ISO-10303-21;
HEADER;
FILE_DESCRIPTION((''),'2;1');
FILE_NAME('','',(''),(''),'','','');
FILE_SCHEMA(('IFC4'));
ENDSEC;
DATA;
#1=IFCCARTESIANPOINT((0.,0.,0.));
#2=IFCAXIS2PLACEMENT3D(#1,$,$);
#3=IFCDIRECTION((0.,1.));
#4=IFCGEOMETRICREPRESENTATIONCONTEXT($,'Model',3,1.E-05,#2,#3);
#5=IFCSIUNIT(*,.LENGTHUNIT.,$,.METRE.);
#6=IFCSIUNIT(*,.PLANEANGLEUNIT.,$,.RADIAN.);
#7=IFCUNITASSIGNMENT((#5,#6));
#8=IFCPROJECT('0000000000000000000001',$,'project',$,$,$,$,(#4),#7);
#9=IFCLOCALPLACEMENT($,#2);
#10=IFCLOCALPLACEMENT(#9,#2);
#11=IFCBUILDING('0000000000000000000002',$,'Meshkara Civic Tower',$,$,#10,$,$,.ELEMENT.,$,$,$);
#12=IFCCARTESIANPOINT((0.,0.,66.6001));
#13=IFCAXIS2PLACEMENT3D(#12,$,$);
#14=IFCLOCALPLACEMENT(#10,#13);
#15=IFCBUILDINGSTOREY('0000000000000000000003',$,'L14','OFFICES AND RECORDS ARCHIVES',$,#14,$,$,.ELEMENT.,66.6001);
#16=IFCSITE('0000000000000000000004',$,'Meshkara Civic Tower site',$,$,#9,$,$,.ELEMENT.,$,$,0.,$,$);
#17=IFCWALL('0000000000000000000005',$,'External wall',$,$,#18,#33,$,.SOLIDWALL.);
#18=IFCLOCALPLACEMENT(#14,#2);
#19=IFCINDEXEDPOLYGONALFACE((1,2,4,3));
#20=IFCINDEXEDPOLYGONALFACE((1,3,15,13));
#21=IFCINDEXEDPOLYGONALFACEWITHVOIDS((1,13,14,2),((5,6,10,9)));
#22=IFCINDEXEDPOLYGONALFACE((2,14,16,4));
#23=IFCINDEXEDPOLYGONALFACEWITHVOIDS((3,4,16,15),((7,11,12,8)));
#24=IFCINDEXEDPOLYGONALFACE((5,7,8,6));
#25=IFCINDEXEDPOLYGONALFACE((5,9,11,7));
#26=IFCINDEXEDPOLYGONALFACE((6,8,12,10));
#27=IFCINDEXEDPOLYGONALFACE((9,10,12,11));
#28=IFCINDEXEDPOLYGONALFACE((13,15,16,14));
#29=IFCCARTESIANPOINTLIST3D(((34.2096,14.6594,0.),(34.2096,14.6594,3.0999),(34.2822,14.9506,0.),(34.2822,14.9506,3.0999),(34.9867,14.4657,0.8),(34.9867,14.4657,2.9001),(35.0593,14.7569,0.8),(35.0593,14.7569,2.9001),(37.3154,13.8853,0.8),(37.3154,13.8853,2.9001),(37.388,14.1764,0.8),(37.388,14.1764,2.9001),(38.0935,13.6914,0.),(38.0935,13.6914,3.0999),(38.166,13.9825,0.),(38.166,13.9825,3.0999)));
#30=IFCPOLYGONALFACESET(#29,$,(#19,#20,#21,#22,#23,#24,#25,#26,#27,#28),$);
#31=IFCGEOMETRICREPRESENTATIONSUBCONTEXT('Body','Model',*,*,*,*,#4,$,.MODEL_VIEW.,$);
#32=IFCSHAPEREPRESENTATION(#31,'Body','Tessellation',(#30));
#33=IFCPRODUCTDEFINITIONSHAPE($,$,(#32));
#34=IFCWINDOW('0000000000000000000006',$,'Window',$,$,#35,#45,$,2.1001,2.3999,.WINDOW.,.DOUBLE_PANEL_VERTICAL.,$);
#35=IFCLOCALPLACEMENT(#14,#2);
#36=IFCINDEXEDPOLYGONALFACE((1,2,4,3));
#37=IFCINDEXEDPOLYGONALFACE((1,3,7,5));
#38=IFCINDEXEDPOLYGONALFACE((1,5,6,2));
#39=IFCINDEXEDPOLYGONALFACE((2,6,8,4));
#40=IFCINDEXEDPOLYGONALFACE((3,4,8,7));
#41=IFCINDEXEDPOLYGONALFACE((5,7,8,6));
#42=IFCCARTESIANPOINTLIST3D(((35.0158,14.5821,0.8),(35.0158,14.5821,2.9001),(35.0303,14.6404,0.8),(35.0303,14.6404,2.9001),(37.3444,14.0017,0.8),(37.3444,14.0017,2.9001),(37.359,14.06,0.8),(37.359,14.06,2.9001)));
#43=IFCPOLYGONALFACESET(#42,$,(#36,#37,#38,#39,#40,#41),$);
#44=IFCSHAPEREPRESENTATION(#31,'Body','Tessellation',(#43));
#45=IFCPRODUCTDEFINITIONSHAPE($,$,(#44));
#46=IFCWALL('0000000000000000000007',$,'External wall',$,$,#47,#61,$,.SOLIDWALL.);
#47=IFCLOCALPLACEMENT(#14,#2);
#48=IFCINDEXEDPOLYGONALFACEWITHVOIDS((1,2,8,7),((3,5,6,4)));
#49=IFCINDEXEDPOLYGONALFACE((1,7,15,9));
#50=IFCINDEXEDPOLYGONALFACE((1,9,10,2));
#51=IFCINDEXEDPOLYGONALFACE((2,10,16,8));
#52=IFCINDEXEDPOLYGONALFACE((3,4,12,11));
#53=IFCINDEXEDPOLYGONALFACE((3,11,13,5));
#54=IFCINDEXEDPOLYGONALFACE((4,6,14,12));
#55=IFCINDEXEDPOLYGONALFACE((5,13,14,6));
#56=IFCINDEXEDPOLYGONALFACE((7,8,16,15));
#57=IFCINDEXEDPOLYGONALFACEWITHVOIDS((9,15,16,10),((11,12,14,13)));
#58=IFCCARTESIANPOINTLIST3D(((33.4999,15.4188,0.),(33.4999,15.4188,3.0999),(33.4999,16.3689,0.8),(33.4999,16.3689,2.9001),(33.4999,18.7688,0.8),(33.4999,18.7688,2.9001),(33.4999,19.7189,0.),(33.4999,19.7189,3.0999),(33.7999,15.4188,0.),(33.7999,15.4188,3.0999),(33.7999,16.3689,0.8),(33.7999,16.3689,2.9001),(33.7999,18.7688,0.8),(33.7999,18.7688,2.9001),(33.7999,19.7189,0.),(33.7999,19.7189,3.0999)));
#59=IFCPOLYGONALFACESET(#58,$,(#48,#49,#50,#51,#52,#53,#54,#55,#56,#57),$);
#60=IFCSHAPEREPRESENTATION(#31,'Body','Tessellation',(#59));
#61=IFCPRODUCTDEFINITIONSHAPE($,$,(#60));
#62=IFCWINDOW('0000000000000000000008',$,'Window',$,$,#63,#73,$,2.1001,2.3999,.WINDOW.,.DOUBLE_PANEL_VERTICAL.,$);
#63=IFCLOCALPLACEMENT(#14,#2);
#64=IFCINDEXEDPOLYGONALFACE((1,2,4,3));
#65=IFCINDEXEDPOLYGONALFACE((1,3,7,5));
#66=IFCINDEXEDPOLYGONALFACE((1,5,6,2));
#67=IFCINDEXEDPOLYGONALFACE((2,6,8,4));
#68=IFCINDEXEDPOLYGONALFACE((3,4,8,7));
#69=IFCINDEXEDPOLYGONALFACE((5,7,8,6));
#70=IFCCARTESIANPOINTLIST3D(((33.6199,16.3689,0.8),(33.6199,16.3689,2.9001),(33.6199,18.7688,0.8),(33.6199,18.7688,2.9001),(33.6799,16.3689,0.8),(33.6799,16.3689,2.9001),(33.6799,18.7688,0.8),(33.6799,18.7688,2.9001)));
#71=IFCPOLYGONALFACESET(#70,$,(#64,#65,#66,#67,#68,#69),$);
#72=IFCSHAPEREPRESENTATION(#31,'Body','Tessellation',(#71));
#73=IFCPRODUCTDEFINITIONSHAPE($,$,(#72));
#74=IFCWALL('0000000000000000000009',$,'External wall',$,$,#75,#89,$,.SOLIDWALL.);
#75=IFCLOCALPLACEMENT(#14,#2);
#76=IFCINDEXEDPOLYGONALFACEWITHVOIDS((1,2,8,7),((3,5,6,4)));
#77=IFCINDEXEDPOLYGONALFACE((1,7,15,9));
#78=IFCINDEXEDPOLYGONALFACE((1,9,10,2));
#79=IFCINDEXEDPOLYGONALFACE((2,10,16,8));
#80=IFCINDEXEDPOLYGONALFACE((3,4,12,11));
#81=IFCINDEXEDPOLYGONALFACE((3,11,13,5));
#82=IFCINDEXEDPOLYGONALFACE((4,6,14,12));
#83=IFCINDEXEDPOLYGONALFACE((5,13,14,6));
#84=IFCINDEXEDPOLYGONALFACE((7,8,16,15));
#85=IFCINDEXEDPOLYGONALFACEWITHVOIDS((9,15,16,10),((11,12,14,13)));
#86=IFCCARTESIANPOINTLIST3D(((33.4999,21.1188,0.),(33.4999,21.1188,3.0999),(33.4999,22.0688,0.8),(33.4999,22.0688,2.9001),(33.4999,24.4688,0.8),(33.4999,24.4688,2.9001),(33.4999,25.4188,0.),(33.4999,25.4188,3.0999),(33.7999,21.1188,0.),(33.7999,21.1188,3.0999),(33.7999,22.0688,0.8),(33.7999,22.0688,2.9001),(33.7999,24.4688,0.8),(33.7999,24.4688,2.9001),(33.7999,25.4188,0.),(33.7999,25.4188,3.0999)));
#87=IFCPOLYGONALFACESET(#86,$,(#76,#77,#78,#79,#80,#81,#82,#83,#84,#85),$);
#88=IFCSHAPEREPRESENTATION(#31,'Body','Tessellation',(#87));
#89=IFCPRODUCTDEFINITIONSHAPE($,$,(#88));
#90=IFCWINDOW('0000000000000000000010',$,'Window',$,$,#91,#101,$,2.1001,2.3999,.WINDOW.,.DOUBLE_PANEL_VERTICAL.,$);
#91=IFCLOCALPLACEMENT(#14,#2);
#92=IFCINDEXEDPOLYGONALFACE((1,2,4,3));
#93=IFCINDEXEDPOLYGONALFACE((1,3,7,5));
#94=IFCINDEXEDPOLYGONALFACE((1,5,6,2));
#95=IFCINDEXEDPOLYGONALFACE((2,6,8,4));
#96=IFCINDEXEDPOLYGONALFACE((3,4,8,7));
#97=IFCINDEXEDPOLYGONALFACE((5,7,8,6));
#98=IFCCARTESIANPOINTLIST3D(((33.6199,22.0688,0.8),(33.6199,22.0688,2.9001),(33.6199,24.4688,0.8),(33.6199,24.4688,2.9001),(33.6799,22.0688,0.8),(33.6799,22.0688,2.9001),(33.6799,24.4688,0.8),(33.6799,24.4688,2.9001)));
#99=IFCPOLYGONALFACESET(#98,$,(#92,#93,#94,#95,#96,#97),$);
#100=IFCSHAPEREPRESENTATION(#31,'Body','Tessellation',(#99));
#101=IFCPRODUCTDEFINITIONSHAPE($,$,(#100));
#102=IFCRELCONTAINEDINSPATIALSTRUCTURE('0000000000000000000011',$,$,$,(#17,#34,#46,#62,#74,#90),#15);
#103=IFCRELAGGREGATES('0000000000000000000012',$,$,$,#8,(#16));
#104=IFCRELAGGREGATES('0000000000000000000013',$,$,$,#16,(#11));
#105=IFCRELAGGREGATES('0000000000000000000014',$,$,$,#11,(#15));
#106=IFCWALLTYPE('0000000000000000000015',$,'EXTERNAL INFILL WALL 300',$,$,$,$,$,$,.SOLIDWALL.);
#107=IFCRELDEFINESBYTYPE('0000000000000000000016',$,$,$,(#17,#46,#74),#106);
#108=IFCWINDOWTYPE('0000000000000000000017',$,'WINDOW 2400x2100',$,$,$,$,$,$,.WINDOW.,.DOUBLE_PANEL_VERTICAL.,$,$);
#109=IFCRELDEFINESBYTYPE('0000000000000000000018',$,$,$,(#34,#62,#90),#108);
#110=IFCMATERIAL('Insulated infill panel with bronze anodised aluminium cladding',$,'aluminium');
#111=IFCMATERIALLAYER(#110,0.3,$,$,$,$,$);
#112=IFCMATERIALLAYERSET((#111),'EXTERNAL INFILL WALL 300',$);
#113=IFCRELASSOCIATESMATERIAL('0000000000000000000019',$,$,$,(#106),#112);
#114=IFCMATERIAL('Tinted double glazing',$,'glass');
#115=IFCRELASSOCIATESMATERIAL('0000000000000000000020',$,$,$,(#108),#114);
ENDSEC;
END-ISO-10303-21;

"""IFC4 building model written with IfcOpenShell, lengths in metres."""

from ifc_helpers import new_model, si_unit, direction, frame, frame_2d, origin, place, context, subcontext, project, spatial, rectangle, extrude, material, layer, layer_set, type_object, element, fill, save


model = new_model("IFC4")

# Units and contexts
model_context = context("Model", 3, precision=1e-05, world=origin(), true_north=direction((0.0, 1.0)))
body_context = subcontext(model_context, "Body", "Model", "MODEL_VIEW")
ifc_project = project(units=[si_unit("LENGTHUNIT", "METRE"), si_unit("PLANEANGLEUNIT", "RADIAN")], contexts=[model_context])

# Site, building, storey
site_placement = place(None, origin())
site = spatial("IfcSite", under=ifc_project, at=site_placement, Name="Meshkara Civic Tower site", CompositionType="ELEMENT", RefElevation=0.0)
building_placement = place(site_placement, origin())
building = spatial("IfcBuilding", under=site, at=building_placement, Name="Meshkara Civic Tower", CompositionType="ELEMENT")
storey_placement = place(building_placement, frame((0.0, 0.0, 66.6001)))
storey = spatial("IfcBuildingStorey", under=building, at=storey_placement, Name="L14", Description="OFFICES AND RECORDS ARCHIVES", CompositionType="ELEMENT", Elevation=66.6001)

# Walls, openings, windows
ifc_material_1 = material(Name="Insulated infill panel with bronze anodised aluminium cladding", Category="aluminium")
ifc_layer_1 = layer(ifc_material_1, 0.3)
ifc_layer_set_1 = layer_set([ifc_layer_1], Name="EXTERNAL INFILL WALL 300")
wall_type_1 = type_object("IfcWallType", Name="EXTERNAL INFILL WALL 300", PredefinedType="SOLIDWALL", material=ifc_layer_set_1)
ifc_material_2 = material(Name="Tinted double glazing", Category="glass")
window_type = type_object("IfcWindowType", Name="WINDOW 2400x2100", PartitioningType="DOUBLE_PANEL_VERTICAL", PredefinedType="WINDOW", material=ifc_material_2)
wall_1_placement = place(storey_placement, frame((38.1299, 13.8369, 0.0), z_axis=(0.0, 0.0, 1.0), x_axis=(-0.970314, 0.241847, 0.0)))
wall_1 = element("IfcWall", 1, at=wall_1_placement, inside=storey, type_object=wall_type_1, Name="External wall", PredefinedType="SOLIDWALL", context=body_context, shape_type="SweptSolid", body=[
    extrude(rectangle(XDim=4.0027, YDim=0.3, at=frame_2d((2.0015, 0.0))), origin(), (0.0, 0.0, 1.0), 3.0999),
])
opening_1_placement = place(wall_1_placement, frame((0.802, 0.0, 0.8)))
opening_1 = element("IfcOpeningElement", 2, at=opening_1_placement, cuts=wall_1, PredefinedType="OPENING", context=body_context, shape_type="SweptSolid", body=[
    extrude(rectangle(XDim=2.3999, YDim=2.1001, at=frame_2d((1.2, 1.05))), frame((0.0, 0.1599, 0.0), z_axis=(0.0, -1.0, 0.0), x_axis=(1.0, 0.0, 0.0)), (0.0, 0.0, 1.0), 0.3201),
])
window_1_placement = place(opening_1_placement, origin())
window_1 = element("IfcWindow", 3, at=window_1_placement, inside=storey, type_object=window_type, Name="Window", OverallHeight=2.1001, OverallWidth=2.3999, PartitioningType="DOUBLE_PANEL_VERTICAL", PredefinedType="WINDOW", context=body_context, shape_type="SweptSolid", body=[
    extrude(rectangle(XDim=2.3999, YDim=2.1001, at=frame_2d((1.2, 1.05))), frame((0.0, 0.03, 0.0), z_axis=(0.0, -1.0, 0.0), x_axis=(1.0, 0.0, 0.0)), (0.0, 0.0, 1.0), 0.0601),
])
fill(opening_1, window_1)
wall_2_placement = place(storey_placement, frame((33.6499, 15.4189, 0.0), z_axis=(0.0, 0.0, 1.0), x_axis=(0.0, 1.0, 0.0)))
wall_2 = element("IfcWall", 4, at=wall_2_placement, inside=storey, type_object=wall_type_1, Name="External wall", PredefinedType="SOLIDWALL", context=body_context, shape_type="SweptSolid", body=[
    extrude(rectangle(XDim=4.3, YDim=0.3, at=frame_2d((2.1499, 0.0))), origin(), (0.0, 0.0, 1.0), 3.0999),
])
opening_2_placement = place(wall_2_placement, frame((0.95, 0.0, 0.8)))
opening_2 = element("IfcOpeningElement", 5, at=opening_2_placement, cuts=wall_2, PredefinedType="OPENING", context=body_context, shape_type="SweptSolid", body=[
    extrude(rectangle(XDim=2.3999, YDim=2.1001, at=frame_2d((1.2, 1.05))), frame((0.0, 0.1599, 0.0), z_axis=(0.0, -1.0, 0.0), x_axis=(1.0, 0.0, 0.0)), (0.0, 0.0, 1.0), 0.3201),
])
window_2_placement = place(opening_2_placement, origin())
window_2 = element("IfcWindow", 6, at=window_2_placement, inside=storey, type_object=window_type, Name="Window", OverallHeight=2.1001, OverallWidth=2.3999, PartitioningType="DOUBLE_PANEL_VERTICAL", PredefinedType="WINDOW", context=body_context, shape_type="SweptSolid", body=[
    extrude(rectangle(XDim=2.3999, YDim=2.1001, at=frame_2d((1.2, 1.05))), frame((0.0, 0.03, 0.0), z_axis=(0.0, -1.0, 0.0), x_axis=(1.0, 0.0, 0.0)), (0.0, 0.0, 1.0), 0.0601),
])
fill(opening_2, window_2)
wall_3_placement = place(storey_placement, frame((33.6499, 21.1189, 0.0), z_axis=(0.0, 0.0, 1.0), x_axis=(0.0, 1.0, 0.0)))
wall_3 = element("IfcWall", 7, at=wall_3_placement, inside=storey, type_object=wall_type_1, Name="External wall", PredefinedType="SOLIDWALL", context=body_context, shape_type="SweptSolid", body=[
    extrude(rectangle(XDim=4.3, YDim=0.3, at=frame_2d((2.1499, 0.0))), origin(), (0.0, 0.0, 1.0), 3.0999),
])
opening_3_placement = place(wall_3_placement, frame((0.95, 0.0, 0.8)))
opening_3 = element("IfcOpeningElement", 8, at=opening_3_placement, cuts=wall_3, PredefinedType="OPENING", context=body_context, shape_type="SweptSolid", body=[
    extrude(rectangle(XDim=2.3999, YDim=2.1001, at=frame_2d((1.2, 1.05))), frame((0.0, 0.1599, 0.0), z_axis=(0.0, -1.0, 0.0), x_axis=(1.0, 0.0, 0.0)), (0.0, 0.0, 1.0), 0.3201),
])
window_3_placement = place(opening_3_placement, origin())
window_3 = element("IfcWindow", 9, at=window_3_placement, inside=storey, type_object=window_type, Name="Window", OverallHeight=2.1001, OverallWidth=2.3999, PartitioningType="DOUBLE_PANEL_VERTICAL", PredefinedType="WINDOW", context=body_context, shape_type="SweptSolid", body=[
    extrude(rectangle(XDim=2.3999, YDim=2.1001, at=frame_2d((1.2, 1.05))), frame((0.0, 0.03, 0.0), z_axis=(0.0, -1.0, 0.0), x_axis=(1.0, 0.0, 0.0)), (0.0, 0.0, 1.0), 0.0601),
])
fill(opening_3, window_3)

save(model, "model.ifc")
